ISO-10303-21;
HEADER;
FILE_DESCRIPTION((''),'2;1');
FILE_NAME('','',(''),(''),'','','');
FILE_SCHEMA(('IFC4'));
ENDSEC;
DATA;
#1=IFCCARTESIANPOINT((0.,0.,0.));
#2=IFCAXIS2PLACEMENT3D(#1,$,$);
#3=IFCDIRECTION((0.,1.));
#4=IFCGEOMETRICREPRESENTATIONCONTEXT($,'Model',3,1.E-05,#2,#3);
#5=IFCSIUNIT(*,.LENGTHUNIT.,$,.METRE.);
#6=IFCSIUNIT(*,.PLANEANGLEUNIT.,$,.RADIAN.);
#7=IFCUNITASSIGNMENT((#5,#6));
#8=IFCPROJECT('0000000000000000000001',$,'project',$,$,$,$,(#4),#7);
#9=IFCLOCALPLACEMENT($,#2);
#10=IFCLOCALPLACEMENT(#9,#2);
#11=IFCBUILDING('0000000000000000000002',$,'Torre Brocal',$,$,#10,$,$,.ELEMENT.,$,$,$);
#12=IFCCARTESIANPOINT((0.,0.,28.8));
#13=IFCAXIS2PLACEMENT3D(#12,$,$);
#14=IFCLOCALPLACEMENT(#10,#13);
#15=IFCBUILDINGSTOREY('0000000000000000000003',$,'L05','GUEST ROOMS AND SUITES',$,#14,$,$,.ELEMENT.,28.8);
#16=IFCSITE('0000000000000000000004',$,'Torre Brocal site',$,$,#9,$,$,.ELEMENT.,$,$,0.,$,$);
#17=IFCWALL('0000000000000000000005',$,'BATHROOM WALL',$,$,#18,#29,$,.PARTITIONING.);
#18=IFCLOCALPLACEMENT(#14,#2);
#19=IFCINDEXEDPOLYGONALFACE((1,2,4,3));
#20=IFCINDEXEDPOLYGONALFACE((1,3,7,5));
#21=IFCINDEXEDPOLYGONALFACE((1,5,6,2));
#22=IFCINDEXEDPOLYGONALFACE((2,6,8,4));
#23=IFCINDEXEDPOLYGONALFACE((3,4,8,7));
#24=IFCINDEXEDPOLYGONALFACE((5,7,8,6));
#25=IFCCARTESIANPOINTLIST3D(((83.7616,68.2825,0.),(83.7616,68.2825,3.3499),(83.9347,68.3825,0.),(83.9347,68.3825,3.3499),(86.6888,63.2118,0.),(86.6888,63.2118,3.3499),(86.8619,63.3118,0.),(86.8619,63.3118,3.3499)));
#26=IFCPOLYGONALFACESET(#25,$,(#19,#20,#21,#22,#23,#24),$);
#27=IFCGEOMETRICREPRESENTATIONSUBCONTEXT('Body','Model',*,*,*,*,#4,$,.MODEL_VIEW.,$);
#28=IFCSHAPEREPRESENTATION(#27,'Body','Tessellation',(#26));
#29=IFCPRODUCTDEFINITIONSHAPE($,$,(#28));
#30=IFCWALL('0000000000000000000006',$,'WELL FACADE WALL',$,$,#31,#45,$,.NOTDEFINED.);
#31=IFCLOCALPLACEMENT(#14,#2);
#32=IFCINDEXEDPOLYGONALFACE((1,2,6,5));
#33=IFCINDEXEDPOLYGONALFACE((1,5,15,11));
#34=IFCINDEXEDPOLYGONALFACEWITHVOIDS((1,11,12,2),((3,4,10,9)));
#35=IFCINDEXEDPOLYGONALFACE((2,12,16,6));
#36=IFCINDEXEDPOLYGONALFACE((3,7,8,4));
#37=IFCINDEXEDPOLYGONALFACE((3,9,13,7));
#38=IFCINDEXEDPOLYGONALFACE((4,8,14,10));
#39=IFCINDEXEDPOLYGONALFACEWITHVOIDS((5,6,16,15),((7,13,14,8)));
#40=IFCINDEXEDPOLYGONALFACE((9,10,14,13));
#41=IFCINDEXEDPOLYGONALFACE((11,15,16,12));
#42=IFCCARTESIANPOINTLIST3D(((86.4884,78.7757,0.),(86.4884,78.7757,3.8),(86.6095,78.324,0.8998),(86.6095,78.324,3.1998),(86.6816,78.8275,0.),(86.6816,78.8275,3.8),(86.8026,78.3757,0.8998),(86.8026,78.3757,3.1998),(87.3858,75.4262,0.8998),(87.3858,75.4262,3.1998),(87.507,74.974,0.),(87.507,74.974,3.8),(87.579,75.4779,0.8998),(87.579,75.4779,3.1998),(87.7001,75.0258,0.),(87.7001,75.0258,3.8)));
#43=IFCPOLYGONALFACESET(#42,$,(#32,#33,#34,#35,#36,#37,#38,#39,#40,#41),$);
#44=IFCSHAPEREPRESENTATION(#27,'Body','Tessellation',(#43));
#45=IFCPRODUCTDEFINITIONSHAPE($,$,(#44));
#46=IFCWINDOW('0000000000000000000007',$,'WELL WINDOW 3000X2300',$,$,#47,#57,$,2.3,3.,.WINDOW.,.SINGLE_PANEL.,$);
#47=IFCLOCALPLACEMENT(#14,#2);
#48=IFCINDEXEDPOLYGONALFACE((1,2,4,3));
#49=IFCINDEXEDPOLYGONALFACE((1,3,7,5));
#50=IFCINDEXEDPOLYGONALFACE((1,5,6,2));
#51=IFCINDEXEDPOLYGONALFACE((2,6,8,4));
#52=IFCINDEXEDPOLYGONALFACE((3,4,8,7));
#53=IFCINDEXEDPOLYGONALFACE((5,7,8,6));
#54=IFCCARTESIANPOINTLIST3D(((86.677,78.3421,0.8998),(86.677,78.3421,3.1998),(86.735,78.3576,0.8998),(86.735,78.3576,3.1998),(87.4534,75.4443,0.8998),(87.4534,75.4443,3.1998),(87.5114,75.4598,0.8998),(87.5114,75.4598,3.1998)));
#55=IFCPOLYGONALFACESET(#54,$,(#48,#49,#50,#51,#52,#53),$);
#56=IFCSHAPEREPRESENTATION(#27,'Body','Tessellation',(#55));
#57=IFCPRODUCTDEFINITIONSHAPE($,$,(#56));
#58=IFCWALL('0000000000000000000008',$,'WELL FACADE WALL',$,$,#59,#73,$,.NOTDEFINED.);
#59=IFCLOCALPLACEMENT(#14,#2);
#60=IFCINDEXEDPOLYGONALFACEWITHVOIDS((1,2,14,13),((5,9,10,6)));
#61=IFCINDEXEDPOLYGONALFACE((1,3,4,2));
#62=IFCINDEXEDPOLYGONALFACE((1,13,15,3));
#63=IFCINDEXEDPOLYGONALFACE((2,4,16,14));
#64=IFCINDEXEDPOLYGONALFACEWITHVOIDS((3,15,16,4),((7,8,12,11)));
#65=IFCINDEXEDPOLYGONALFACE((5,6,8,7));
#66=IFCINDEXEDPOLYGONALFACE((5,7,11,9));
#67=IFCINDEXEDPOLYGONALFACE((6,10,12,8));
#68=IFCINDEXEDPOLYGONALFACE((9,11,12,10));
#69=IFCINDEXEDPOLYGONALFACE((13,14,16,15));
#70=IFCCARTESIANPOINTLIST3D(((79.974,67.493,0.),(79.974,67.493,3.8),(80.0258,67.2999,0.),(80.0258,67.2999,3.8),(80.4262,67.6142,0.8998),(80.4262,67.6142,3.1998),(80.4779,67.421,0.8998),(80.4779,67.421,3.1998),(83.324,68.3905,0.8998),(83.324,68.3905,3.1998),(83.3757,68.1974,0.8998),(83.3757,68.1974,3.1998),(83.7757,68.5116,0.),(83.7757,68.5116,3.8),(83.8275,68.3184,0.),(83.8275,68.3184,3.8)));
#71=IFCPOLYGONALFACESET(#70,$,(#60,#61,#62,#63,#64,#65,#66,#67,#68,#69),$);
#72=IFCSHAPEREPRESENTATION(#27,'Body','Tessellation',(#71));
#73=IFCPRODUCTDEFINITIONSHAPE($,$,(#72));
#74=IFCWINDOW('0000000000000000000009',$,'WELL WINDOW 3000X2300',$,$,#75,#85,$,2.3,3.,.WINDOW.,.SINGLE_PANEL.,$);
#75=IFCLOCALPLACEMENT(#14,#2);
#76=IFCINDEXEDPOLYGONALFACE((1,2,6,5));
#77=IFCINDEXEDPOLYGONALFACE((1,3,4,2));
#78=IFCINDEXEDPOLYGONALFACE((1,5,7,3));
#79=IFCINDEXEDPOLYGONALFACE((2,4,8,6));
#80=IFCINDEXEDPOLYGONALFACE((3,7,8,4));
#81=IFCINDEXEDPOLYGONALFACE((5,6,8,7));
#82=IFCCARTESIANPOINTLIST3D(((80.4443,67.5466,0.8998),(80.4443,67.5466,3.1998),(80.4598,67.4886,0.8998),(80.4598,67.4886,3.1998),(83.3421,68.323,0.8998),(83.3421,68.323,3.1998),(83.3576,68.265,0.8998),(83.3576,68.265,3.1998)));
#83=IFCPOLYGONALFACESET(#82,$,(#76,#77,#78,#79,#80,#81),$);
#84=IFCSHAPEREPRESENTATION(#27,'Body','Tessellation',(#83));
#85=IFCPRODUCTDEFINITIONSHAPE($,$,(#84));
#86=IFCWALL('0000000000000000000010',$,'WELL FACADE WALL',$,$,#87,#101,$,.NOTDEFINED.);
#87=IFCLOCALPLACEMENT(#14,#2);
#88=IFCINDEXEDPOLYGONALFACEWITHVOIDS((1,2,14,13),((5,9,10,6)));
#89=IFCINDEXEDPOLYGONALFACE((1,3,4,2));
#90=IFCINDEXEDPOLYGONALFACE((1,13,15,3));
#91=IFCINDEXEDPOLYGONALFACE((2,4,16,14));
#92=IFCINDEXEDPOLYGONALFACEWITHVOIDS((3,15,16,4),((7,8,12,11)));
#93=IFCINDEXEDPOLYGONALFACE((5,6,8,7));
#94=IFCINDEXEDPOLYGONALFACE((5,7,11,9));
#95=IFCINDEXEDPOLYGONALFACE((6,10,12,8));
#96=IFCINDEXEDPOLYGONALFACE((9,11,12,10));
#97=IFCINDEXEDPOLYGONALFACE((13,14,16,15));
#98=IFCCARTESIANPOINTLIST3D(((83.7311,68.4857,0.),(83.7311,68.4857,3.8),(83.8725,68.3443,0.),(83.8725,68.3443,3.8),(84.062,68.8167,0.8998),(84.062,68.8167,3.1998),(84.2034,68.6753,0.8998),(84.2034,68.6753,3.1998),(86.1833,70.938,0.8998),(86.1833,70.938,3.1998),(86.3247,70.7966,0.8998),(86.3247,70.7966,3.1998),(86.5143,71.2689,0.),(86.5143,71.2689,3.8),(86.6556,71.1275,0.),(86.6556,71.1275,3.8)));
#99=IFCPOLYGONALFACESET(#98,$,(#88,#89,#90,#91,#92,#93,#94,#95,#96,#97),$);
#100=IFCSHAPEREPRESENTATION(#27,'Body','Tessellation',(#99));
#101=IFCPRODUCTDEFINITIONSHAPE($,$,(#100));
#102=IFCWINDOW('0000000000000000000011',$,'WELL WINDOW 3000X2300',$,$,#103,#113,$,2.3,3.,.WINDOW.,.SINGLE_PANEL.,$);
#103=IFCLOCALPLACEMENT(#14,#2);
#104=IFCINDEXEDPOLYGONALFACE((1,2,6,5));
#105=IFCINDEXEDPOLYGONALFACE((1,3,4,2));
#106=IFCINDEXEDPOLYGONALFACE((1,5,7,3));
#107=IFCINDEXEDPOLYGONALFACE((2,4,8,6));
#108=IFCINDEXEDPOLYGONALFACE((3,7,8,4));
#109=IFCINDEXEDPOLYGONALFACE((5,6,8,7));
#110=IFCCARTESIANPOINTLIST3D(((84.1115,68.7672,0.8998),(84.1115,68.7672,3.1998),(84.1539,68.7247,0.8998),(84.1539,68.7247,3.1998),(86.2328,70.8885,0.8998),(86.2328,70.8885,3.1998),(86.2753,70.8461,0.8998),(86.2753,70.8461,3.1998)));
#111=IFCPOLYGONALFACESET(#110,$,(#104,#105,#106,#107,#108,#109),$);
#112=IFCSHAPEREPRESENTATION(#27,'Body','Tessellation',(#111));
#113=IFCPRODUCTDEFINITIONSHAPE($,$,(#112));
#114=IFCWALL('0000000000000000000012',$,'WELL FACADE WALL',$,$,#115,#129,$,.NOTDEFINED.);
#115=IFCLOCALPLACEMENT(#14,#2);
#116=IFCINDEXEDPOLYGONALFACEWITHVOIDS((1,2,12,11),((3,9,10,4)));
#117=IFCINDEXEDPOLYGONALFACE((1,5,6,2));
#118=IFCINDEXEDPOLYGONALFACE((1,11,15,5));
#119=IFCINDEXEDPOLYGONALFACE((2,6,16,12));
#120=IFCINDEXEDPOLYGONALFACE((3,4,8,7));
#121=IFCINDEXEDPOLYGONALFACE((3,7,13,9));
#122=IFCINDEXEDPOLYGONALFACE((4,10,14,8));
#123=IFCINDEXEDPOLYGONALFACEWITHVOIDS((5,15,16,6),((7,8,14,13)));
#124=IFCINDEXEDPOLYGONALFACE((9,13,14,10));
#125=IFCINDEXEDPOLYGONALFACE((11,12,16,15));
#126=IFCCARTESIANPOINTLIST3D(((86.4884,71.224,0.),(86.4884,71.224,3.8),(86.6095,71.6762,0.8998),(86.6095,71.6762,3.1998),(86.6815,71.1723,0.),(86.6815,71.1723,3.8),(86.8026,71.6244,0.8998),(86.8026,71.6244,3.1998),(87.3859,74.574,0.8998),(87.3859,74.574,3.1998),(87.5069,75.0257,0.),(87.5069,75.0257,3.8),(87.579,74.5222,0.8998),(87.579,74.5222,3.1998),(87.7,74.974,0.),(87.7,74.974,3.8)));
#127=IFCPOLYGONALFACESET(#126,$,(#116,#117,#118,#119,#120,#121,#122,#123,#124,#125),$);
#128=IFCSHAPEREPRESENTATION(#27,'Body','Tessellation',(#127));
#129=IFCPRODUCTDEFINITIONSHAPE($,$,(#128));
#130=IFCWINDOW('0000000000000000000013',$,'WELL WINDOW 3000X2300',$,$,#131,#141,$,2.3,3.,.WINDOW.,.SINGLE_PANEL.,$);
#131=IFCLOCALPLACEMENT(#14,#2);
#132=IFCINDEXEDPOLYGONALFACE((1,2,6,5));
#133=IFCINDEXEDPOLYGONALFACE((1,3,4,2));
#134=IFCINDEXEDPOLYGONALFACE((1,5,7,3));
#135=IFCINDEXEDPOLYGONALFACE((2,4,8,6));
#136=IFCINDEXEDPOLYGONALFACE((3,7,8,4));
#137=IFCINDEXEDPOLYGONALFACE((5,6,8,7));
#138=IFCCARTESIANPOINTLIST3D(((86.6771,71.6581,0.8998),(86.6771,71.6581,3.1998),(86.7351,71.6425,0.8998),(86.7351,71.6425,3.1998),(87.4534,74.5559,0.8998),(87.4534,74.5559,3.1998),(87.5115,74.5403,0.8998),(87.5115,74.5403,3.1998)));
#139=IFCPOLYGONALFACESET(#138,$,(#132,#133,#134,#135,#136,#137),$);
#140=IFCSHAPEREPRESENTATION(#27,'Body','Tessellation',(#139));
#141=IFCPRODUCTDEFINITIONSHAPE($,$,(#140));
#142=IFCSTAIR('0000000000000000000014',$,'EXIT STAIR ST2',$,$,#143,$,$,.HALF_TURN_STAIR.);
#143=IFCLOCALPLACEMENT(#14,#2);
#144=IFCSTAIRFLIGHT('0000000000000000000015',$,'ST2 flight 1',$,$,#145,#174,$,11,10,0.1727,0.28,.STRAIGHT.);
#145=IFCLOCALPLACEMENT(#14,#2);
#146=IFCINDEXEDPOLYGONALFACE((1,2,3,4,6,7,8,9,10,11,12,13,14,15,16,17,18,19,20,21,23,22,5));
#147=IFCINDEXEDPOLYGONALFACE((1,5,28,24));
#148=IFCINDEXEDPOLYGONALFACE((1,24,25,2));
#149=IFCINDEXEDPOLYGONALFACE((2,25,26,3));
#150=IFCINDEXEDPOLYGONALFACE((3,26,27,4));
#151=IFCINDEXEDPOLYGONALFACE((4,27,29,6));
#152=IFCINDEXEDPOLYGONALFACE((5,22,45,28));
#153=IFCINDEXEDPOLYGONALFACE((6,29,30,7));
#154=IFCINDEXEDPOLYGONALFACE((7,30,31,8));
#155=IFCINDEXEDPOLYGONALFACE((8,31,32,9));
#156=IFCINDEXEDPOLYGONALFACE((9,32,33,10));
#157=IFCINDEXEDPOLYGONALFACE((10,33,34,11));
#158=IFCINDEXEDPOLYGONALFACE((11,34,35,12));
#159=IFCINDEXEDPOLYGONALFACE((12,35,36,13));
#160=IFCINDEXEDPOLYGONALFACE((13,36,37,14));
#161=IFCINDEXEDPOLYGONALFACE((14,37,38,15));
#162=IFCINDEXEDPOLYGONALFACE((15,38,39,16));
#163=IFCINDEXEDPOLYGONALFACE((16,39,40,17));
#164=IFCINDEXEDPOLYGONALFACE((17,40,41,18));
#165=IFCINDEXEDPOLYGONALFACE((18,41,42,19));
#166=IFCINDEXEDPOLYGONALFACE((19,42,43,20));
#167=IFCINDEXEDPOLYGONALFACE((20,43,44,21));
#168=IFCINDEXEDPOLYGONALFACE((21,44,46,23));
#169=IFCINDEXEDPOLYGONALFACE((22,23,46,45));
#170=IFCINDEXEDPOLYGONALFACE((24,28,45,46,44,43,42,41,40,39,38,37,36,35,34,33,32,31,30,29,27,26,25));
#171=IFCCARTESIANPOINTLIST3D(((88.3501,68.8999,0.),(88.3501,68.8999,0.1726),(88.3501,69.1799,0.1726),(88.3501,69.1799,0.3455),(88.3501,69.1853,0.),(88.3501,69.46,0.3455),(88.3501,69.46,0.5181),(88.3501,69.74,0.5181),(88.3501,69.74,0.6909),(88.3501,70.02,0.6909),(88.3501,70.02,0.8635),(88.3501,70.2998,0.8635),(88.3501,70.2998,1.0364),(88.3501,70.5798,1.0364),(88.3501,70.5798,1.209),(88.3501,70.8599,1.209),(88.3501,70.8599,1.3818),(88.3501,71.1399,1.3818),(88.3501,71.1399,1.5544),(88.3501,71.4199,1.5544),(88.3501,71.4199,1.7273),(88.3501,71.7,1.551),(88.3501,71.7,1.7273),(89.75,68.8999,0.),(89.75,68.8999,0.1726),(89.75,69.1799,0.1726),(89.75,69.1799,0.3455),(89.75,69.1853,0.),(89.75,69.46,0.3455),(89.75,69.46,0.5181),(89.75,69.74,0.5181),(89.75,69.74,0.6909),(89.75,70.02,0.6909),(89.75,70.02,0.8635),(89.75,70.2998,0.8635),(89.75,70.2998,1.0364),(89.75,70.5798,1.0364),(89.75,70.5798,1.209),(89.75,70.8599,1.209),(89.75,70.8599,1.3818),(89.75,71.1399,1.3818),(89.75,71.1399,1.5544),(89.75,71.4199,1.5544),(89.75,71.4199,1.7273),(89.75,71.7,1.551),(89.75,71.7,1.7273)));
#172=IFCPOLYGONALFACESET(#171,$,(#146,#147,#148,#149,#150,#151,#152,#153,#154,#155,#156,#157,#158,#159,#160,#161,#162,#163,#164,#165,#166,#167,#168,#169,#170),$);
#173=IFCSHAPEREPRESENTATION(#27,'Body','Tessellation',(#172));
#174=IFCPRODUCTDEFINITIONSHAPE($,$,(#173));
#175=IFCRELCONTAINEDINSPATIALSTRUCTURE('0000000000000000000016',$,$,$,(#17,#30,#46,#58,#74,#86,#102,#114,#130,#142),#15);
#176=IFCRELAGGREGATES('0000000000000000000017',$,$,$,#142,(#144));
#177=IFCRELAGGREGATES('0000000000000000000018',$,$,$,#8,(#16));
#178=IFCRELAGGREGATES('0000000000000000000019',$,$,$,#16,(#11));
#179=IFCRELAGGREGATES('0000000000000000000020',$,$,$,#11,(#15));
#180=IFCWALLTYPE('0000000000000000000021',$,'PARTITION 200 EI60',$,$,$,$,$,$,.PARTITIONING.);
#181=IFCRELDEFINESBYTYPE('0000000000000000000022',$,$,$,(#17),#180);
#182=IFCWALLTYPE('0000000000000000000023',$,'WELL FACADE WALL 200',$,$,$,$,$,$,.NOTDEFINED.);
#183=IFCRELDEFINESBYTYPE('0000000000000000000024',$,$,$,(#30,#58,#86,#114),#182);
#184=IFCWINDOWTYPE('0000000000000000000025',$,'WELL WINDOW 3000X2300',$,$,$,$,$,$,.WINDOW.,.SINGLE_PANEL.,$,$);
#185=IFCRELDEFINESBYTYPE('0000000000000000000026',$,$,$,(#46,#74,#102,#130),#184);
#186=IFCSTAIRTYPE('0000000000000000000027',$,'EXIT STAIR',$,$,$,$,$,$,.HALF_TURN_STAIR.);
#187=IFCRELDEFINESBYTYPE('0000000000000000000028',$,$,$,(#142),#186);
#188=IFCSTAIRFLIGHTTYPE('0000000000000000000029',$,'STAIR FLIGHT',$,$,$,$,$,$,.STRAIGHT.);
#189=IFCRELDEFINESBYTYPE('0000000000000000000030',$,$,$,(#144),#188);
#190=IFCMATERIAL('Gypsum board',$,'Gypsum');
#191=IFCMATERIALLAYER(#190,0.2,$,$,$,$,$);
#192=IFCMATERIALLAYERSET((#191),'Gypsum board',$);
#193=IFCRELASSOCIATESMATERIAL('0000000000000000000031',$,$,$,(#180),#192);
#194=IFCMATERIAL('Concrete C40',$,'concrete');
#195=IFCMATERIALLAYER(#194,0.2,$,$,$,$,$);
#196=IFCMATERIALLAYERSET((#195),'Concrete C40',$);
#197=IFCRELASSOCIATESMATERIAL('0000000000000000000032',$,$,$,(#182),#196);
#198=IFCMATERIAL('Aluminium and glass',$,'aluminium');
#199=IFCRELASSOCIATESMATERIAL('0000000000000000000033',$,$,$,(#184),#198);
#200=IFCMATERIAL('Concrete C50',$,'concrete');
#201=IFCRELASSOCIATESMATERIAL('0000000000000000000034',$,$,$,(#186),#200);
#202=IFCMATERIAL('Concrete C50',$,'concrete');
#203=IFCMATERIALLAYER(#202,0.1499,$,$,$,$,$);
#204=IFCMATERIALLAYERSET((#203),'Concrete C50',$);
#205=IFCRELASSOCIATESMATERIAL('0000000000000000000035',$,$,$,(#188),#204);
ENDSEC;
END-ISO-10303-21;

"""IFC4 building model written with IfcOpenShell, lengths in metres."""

from ifc_helpers import new_model, si_unit, direction, frame, frame_2d, origin, place, context, subcontext, project, spatial, polyline, rectangle, outline, extrude, material, layer, layer_set, type_object, element, fill, aggregate, save


model = new_model("IFC4")

# Units and contexts
model_context = context("Model", 3, precision=1e-05, world=origin(), true_north=direction((0.0, 1.0)))
body_context = subcontext(model_context, "Body", "Model", "MODEL_VIEW")
ifc_project = project(units=[si_unit("LENGTHUNIT", "METRE"), si_unit("PLANEANGLEUNIT", "RADIAN")], contexts=[model_context])

# Site, building, storey
site_placement = place(None, origin())
site = spatial("IfcSite", under=ifc_project, at=site_placement, Name="Torre Brocal site", CompositionType="ELEMENT", RefElevation=0.0)
building_placement = place(site_placement, origin())
building = spatial("IfcBuilding", under=site, at=building_placement, Name="Torre Brocal", CompositionType="ELEMENT")
storey_placement = place(building_placement, frame((0.0, 0.0, 28.8)))
storey = spatial("IfcBuildingStorey", under=building, at=storey_placement, Name="L05", Description="GUEST ROOMS AND SUITES", CompositionType="ELEMENT", Elevation=28.8)

# Wall
ifc_material_1 = material(Name="Gypsum board", Category="Gypsum")
ifc_layer_1 = layer(ifc_material_1, 0.2)
ifc_layer_set_1 = layer_set([ifc_layer_1], Name="Gypsum board")
wall_type_1 = type_object("IfcWallType", Name="PARTITION 200 EI60", PredefinedType="PARTITIONING", material=ifc_layer_set_1)
wall_1_placement = place(storey_placement, frame((83.8481, 68.3325, 0.0), z_axis=(0.0, 0.0, 1.0), x_axis=(0.499951, -0.866054, 0.0)))
element("IfcWall", 1, at=wall_1_placement, inside=storey, type_object=wall_type_1, Name="BATHROOM WALL", PredefinedType="PARTITIONING", context=body_context, shape_type="SweptSolid", body=[
    extrude(rectangle(XDim=5.855, YDim=0.2, at=frame_2d((2.9275, 0.0))), origin(), (0.0, 0.0, 1.0), 3.3499),
])

# Walls, openings, windows
ifc_material_2 = material(Name="Concrete C40", Category="concrete")
ifc_layer_2 = layer(ifc_material_2, 0.2)
ifc_layer_set_2 = layer_set([ifc_layer_2], Name="Concrete C40")
wall_type_2 = type_object("IfcWallType", Name="WELL FACADE WALL 200", PredefinedType="NOTDEFINED", material=ifc_layer_set_2)
wall_2_placement = place(storey_placement, frame((87.6035, 75.0, 0.0), z_axis=(0.0, 0.0, 1.0), x_axis=(-0.25879, 0.965934, 0.0)))
wall_2 = element("IfcWall", 2, at=wall_2_placement, inside=storey, type_object=wall_type_2, Name="WELL FACADE WALL", PredefinedType="NOTDEFINED", context=body_context, shape_type="SweptSolid", body=[
    extrude(rectangle(XDim=3.9358, YDim=0.2, at=frame_2d((1.9678, 0.0))), origin(), (0.0, 0.0, 1.0), 3.8),
])
opening_1_placement = place(wall_2_placement, frame((0.468, 0.0, 0.8999)))
opening_1 = element("IfcOpeningElement", 3, at=opening_1_placement, cuts=wall_2, PredefinedType="OPENING", context=body_context, shape_type="SweptSolid", body=[
    extrude(rectangle(XDim=3.0, YDim=2.3, at=frame_2d((1.5, 1.1499))), frame((0.0, 0.1099, 0.0), z_axis=(0.0, -1.0, 0.0), x_axis=(1.0, 0.0, 0.0)), (0.0, 0.0, 1.0), 0.22),
])
ifc_material_3 = material(Name="Aluminium and glass", Category="aluminium")
window_type = type_object("IfcWindowType", Name="WELL WINDOW 3000X2300", PartitioningType="SINGLE_PANEL", PredefinedType="WINDOW", material=ifc_material_3)
window_1_placement = place(opening_1_placement, origin())
window_1 = element("IfcWindow", 4, at=window_1_placement, inside=storey, type_object=window_type, Name="WELL WINDOW 3000X2300", OverallHeight=2.3, OverallWidth=3.0, PartitioningType="SINGLE_PANEL", PredefinedType="WINDOW", context=body_context, shape_type="SweptSolid", body=[
    extrude(rectangle(XDim=3.0, YDim=2.3, at=frame_2d((1.5, 1.1499))), frame((0.0, 0.03, 0.0), z_axis=(0.0, -1.0, 0.0), x_axis=(1.0, 0.0, 0.0)), (0.0, 0.0, 1.0), 0.0601),
])
fill(opening_1, window_1)
wall_3_placement = place(storey_placement, frame((80.0, 67.3965, 0.0), z_axis=(0.0, 0.0, 1.0), x_axis=(0.965934, 0.25879, 0.0)))
wall_3 = element("IfcWall", 5, at=wall_3_placement, inside=storey, type_object=wall_type_2, Name="WELL FACADE WALL", PredefinedType="NOTDEFINED", context=body_context, shape_type="SweptSolid", body=[
    extrude(rectangle(XDim=3.9358, YDim=0.2, at=frame_2d((1.9678, 0.0))), origin(), (0.0, 0.0, 1.0), 3.8),
])
opening_2_placement = place(wall_3_placement, frame((0.468, 0.0, 0.8999)))
opening_2 = element("IfcOpeningElement", 6, at=opening_2_placement, cuts=wall_3, PredefinedType="OPENING", context=body_context, shape_type="SweptSolid", body=[
    extrude(rectangle(XDim=3.0, YDim=2.3, at=frame_2d((1.5, 1.1499))), frame((0.0, 0.1099, 0.0), z_axis=(0.0, -1.0, 0.0), x_axis=(1.0, 0.0, 0.0)), (0.0, 0.0, 1.0), 0.22),
])
window_2_placement = place(opening_2_placement, origin())
window_2 = element("IfcWindow", 7, at=window_2_placement, inside=storey, type_object=window_type, Name="WELL WINDOW 3000X2300", OverallHeight=2.3, OverallWidth=3.0, PartitioningType="SINGLE_PANEL", PredefinedType="WINDOW", context=body_context, shape_type="SweptSolid", body=[
    extrude(rectangle(XDim=3.0, YDim=2.3, at=frame_2d((1.5, 1.1499))), frame((0.0, 0.03, 0.0), z_axis=(0.0, -1.0, 0.0), x_axis=(1.0, 0.0, 0.0)), (0.0, 0.0, 1.0), 0.0601),
])
fill(opening_2, window_2)
wall_4_placement = place(storey_placement, frame((83.8018, 68.415, 0.0), z_axis=(0.0, 0.0, 1.0), x_axis=(0.707107, 0.707107, 0.0)))
wall_4 = element("IfcWall", 8, at=wall_4_placement, inside=storey, type_object=wall_type_2, Name="WELL FACADE WALL", PredefinedType="NOTDEFINED", context=body_context, shape_type="SweptSolid", body=[
    extrude(rectangle(XDim=3.936, YDim=0.2, at=frame_2d((1.968, 0.0))), origin(), (0.0, 0.0, 1.0), 3.8),
])
opening_3_placement = place(wall_4_placement, frame((0.468, 0.0, 0.8999)))
opening_3 = element("IfcOpeningElement", 9, at=opening_3_placement, cuts=wall_4, PredefinedType="OPENING", context=body_context, shape_type="SweptSolid", body=[
    extrude(rectangle(XDim=3.0, YDim=2.3, at=frame_2d((1.5, 1.1499))), frame((0.0, 0.1099, 0.0), z_axis=(0.0, -1.0, 0.0), x_axis=(1.0, 0.0, 0.0)), (0.0, 0.0, 1.0), 0.22),
])
window_3_placement = place(opening_3_placement, origin())
window_3 = element("IfcWindow", 10, at=window_3_placement, inside=storey, type_object=window_type, Name="WELL WINDOW 3000X2300", OverallHeight=2.3, OverallWidth=3.0, PartitioningType="SINGLE_PANEL", PredefinedType="WINDOW", context=body_context, shape_type="SweptSolid", body=[
    extrude(rectangle(XDim=3.0, YDim=2.3, at=frame_2d((1.5, 1.1499))), frame((0.0, 0.03, 0.0), z_axis=(0.0, -1.0, 0.0), x_axis=(1.0, 0.0, 0.0)), (0.0, 0.0, 1.0), 0.0601),
])
fill(opening_3, window_3)
wall_5_placement = place(storey_placement, frame((86.585, 71.1982, 0.0), z_axis=(0.0, 0.0, 1.0), x_axis=(0.25879, 0.965934, 0.0)))
wall_5 = element("IfcWall", 11, at=wall_5_placement, inside=storey, type_object=wall_type_2, Name="WELL FACADE WALL", PredefinedType="NOTDEFINED", context=body_context, shape_type="SweptSolid", body=[
    extrude(rectangle(XDim=3.9358, YDim=0.2, at=frame_2d((1.9678, 0.0))), origin(), (0.0, 0.0, 1.0), 3.8),
])
opening_4_placement = place(wall_5_placement, frame((0.468, 0.0, 0.8999)))
opening_4 = element("IfcOpeningElement", 12, at=opening_4_placement, cuts=wall_5, PredefinedType="OPENING", context=body_context, shape_type="SweptSolid", body=[
    extrude(rectangle(XDim=3.0, YDim=2.3, at=frame_2d((1.5, 1.1499))), frame((0.0, 0.1099, 0.0), z_axis=(0.0, -1.0, 0.0), x_axis=(1.0, 0.0, 0.0)), (0.0, 0.0, 1.0), 0.22),
])
window_4_placement = place(opening_4_placement, origin())
window_4 = element("IfcWindow", 13, at=window_4_placement, inside=storey, type_object=window_type, Name="WELL WINDOW 3000X2300", OverallHeight=2.3, OverallWidth=3.0, PartitioningType="SINGLE_PANEL", PredefinedType="WINDOW", context=body_context, shape_type="SweptSolid", body=[
    extrude(rectangle(XDim=3.0, YDim=2.3, at=frame_2d((1.5, 1.1499))), frame((0.0, 0.03, 0.0), z_axis=(0.0, -1.0, 0.0), x_axis=(1.0, 0.0, 0.0)), (0.0, 0.0, 1.0), 0.0601),
])
fill(opening_4, window_4)

# Stair, stair flight
ifc_material_4 = material(Name="Concrete C50", Category="concrete")
stair_type = type_object("IfcStairType", Name="EXIT STAIR", PredefinedType="HALF_TURN_STAIR", material=ifc_material_4)
stair_placement = place(storey_placement, origin())
stair = element("IfcStair", 14, at=stair_placement, inside=storey, type_object=stair_type, Name="EXIT STAIR ST2", PredefinedType="HALF_TURN_STAIR")
ifc_material_5 = material(Name="Concrete C50", Category="concrete")
ifc_layer_3 = layer(ifc_material_5, 0.1499)
ifc_layer_set_3 = layer_set([ifc_layer_3], Name="Concrete C50")
stair_flight_type = type_object("IfcStairFlightType", Name="STAIR FLIGHT", PredefinedType="STRAIGHT", material=ifc_layer_set_3)
stair_flight_1_placement = place(storey_placement, frame((89.05, 68.8999, 0.0), z_axis=(0.0, 0.0, 1.0), x_axis=(0.0, 1.0, 0.0)))
stair_flight_1 = element("IfcStairFlight", 15, at=stair_flight_1_placement, type_object=stair_flight_type, Name="ST2 flight 1", NumberOfRisers=11, NumberOfTreads=10, PredefinedType="STRAIGHT", RiserHeight=0.1727, TreadLength=0.28, context=body_context, shape_type="SweptSolid", body=[
    extrude(outline(polyline([(0.0, 0.0), (0.0, 0.1726), (0.28, 0.1726), (0.28, 0.3455), (0.5601, 0.3455), (0.5601, 0.5181), (0.8401, 0.5181), (0.8401, 0.6909), (1.1201, 0.6909), (1.1201, 0.8635), (1.3999, 0.8635), (1.3999, 1.0364), (1.6799, 1.0364), (1.6799, 1.209), (1.96, 1.209), (1.96, 1.3818), (2.24, 1.3818), (2.24, 1.5544), (2.52, 1.5544), (2.52, 1.7273), (2.8, 1.7273), (2.8, 1.8999), (2.8, 1.551), (0.2854, 0.0), (0.0, 0.0)])), frame((0.0, 0.7, 0.0), z_axis=(0.0, -1.0, 0.0), x_axis=(1.0, 0.0, 0.0)), (0.0, 0.0, 1.0), 1.3999),
])
aggregate(stair, [stair_flight_1])

save(model, "model.ifc")
